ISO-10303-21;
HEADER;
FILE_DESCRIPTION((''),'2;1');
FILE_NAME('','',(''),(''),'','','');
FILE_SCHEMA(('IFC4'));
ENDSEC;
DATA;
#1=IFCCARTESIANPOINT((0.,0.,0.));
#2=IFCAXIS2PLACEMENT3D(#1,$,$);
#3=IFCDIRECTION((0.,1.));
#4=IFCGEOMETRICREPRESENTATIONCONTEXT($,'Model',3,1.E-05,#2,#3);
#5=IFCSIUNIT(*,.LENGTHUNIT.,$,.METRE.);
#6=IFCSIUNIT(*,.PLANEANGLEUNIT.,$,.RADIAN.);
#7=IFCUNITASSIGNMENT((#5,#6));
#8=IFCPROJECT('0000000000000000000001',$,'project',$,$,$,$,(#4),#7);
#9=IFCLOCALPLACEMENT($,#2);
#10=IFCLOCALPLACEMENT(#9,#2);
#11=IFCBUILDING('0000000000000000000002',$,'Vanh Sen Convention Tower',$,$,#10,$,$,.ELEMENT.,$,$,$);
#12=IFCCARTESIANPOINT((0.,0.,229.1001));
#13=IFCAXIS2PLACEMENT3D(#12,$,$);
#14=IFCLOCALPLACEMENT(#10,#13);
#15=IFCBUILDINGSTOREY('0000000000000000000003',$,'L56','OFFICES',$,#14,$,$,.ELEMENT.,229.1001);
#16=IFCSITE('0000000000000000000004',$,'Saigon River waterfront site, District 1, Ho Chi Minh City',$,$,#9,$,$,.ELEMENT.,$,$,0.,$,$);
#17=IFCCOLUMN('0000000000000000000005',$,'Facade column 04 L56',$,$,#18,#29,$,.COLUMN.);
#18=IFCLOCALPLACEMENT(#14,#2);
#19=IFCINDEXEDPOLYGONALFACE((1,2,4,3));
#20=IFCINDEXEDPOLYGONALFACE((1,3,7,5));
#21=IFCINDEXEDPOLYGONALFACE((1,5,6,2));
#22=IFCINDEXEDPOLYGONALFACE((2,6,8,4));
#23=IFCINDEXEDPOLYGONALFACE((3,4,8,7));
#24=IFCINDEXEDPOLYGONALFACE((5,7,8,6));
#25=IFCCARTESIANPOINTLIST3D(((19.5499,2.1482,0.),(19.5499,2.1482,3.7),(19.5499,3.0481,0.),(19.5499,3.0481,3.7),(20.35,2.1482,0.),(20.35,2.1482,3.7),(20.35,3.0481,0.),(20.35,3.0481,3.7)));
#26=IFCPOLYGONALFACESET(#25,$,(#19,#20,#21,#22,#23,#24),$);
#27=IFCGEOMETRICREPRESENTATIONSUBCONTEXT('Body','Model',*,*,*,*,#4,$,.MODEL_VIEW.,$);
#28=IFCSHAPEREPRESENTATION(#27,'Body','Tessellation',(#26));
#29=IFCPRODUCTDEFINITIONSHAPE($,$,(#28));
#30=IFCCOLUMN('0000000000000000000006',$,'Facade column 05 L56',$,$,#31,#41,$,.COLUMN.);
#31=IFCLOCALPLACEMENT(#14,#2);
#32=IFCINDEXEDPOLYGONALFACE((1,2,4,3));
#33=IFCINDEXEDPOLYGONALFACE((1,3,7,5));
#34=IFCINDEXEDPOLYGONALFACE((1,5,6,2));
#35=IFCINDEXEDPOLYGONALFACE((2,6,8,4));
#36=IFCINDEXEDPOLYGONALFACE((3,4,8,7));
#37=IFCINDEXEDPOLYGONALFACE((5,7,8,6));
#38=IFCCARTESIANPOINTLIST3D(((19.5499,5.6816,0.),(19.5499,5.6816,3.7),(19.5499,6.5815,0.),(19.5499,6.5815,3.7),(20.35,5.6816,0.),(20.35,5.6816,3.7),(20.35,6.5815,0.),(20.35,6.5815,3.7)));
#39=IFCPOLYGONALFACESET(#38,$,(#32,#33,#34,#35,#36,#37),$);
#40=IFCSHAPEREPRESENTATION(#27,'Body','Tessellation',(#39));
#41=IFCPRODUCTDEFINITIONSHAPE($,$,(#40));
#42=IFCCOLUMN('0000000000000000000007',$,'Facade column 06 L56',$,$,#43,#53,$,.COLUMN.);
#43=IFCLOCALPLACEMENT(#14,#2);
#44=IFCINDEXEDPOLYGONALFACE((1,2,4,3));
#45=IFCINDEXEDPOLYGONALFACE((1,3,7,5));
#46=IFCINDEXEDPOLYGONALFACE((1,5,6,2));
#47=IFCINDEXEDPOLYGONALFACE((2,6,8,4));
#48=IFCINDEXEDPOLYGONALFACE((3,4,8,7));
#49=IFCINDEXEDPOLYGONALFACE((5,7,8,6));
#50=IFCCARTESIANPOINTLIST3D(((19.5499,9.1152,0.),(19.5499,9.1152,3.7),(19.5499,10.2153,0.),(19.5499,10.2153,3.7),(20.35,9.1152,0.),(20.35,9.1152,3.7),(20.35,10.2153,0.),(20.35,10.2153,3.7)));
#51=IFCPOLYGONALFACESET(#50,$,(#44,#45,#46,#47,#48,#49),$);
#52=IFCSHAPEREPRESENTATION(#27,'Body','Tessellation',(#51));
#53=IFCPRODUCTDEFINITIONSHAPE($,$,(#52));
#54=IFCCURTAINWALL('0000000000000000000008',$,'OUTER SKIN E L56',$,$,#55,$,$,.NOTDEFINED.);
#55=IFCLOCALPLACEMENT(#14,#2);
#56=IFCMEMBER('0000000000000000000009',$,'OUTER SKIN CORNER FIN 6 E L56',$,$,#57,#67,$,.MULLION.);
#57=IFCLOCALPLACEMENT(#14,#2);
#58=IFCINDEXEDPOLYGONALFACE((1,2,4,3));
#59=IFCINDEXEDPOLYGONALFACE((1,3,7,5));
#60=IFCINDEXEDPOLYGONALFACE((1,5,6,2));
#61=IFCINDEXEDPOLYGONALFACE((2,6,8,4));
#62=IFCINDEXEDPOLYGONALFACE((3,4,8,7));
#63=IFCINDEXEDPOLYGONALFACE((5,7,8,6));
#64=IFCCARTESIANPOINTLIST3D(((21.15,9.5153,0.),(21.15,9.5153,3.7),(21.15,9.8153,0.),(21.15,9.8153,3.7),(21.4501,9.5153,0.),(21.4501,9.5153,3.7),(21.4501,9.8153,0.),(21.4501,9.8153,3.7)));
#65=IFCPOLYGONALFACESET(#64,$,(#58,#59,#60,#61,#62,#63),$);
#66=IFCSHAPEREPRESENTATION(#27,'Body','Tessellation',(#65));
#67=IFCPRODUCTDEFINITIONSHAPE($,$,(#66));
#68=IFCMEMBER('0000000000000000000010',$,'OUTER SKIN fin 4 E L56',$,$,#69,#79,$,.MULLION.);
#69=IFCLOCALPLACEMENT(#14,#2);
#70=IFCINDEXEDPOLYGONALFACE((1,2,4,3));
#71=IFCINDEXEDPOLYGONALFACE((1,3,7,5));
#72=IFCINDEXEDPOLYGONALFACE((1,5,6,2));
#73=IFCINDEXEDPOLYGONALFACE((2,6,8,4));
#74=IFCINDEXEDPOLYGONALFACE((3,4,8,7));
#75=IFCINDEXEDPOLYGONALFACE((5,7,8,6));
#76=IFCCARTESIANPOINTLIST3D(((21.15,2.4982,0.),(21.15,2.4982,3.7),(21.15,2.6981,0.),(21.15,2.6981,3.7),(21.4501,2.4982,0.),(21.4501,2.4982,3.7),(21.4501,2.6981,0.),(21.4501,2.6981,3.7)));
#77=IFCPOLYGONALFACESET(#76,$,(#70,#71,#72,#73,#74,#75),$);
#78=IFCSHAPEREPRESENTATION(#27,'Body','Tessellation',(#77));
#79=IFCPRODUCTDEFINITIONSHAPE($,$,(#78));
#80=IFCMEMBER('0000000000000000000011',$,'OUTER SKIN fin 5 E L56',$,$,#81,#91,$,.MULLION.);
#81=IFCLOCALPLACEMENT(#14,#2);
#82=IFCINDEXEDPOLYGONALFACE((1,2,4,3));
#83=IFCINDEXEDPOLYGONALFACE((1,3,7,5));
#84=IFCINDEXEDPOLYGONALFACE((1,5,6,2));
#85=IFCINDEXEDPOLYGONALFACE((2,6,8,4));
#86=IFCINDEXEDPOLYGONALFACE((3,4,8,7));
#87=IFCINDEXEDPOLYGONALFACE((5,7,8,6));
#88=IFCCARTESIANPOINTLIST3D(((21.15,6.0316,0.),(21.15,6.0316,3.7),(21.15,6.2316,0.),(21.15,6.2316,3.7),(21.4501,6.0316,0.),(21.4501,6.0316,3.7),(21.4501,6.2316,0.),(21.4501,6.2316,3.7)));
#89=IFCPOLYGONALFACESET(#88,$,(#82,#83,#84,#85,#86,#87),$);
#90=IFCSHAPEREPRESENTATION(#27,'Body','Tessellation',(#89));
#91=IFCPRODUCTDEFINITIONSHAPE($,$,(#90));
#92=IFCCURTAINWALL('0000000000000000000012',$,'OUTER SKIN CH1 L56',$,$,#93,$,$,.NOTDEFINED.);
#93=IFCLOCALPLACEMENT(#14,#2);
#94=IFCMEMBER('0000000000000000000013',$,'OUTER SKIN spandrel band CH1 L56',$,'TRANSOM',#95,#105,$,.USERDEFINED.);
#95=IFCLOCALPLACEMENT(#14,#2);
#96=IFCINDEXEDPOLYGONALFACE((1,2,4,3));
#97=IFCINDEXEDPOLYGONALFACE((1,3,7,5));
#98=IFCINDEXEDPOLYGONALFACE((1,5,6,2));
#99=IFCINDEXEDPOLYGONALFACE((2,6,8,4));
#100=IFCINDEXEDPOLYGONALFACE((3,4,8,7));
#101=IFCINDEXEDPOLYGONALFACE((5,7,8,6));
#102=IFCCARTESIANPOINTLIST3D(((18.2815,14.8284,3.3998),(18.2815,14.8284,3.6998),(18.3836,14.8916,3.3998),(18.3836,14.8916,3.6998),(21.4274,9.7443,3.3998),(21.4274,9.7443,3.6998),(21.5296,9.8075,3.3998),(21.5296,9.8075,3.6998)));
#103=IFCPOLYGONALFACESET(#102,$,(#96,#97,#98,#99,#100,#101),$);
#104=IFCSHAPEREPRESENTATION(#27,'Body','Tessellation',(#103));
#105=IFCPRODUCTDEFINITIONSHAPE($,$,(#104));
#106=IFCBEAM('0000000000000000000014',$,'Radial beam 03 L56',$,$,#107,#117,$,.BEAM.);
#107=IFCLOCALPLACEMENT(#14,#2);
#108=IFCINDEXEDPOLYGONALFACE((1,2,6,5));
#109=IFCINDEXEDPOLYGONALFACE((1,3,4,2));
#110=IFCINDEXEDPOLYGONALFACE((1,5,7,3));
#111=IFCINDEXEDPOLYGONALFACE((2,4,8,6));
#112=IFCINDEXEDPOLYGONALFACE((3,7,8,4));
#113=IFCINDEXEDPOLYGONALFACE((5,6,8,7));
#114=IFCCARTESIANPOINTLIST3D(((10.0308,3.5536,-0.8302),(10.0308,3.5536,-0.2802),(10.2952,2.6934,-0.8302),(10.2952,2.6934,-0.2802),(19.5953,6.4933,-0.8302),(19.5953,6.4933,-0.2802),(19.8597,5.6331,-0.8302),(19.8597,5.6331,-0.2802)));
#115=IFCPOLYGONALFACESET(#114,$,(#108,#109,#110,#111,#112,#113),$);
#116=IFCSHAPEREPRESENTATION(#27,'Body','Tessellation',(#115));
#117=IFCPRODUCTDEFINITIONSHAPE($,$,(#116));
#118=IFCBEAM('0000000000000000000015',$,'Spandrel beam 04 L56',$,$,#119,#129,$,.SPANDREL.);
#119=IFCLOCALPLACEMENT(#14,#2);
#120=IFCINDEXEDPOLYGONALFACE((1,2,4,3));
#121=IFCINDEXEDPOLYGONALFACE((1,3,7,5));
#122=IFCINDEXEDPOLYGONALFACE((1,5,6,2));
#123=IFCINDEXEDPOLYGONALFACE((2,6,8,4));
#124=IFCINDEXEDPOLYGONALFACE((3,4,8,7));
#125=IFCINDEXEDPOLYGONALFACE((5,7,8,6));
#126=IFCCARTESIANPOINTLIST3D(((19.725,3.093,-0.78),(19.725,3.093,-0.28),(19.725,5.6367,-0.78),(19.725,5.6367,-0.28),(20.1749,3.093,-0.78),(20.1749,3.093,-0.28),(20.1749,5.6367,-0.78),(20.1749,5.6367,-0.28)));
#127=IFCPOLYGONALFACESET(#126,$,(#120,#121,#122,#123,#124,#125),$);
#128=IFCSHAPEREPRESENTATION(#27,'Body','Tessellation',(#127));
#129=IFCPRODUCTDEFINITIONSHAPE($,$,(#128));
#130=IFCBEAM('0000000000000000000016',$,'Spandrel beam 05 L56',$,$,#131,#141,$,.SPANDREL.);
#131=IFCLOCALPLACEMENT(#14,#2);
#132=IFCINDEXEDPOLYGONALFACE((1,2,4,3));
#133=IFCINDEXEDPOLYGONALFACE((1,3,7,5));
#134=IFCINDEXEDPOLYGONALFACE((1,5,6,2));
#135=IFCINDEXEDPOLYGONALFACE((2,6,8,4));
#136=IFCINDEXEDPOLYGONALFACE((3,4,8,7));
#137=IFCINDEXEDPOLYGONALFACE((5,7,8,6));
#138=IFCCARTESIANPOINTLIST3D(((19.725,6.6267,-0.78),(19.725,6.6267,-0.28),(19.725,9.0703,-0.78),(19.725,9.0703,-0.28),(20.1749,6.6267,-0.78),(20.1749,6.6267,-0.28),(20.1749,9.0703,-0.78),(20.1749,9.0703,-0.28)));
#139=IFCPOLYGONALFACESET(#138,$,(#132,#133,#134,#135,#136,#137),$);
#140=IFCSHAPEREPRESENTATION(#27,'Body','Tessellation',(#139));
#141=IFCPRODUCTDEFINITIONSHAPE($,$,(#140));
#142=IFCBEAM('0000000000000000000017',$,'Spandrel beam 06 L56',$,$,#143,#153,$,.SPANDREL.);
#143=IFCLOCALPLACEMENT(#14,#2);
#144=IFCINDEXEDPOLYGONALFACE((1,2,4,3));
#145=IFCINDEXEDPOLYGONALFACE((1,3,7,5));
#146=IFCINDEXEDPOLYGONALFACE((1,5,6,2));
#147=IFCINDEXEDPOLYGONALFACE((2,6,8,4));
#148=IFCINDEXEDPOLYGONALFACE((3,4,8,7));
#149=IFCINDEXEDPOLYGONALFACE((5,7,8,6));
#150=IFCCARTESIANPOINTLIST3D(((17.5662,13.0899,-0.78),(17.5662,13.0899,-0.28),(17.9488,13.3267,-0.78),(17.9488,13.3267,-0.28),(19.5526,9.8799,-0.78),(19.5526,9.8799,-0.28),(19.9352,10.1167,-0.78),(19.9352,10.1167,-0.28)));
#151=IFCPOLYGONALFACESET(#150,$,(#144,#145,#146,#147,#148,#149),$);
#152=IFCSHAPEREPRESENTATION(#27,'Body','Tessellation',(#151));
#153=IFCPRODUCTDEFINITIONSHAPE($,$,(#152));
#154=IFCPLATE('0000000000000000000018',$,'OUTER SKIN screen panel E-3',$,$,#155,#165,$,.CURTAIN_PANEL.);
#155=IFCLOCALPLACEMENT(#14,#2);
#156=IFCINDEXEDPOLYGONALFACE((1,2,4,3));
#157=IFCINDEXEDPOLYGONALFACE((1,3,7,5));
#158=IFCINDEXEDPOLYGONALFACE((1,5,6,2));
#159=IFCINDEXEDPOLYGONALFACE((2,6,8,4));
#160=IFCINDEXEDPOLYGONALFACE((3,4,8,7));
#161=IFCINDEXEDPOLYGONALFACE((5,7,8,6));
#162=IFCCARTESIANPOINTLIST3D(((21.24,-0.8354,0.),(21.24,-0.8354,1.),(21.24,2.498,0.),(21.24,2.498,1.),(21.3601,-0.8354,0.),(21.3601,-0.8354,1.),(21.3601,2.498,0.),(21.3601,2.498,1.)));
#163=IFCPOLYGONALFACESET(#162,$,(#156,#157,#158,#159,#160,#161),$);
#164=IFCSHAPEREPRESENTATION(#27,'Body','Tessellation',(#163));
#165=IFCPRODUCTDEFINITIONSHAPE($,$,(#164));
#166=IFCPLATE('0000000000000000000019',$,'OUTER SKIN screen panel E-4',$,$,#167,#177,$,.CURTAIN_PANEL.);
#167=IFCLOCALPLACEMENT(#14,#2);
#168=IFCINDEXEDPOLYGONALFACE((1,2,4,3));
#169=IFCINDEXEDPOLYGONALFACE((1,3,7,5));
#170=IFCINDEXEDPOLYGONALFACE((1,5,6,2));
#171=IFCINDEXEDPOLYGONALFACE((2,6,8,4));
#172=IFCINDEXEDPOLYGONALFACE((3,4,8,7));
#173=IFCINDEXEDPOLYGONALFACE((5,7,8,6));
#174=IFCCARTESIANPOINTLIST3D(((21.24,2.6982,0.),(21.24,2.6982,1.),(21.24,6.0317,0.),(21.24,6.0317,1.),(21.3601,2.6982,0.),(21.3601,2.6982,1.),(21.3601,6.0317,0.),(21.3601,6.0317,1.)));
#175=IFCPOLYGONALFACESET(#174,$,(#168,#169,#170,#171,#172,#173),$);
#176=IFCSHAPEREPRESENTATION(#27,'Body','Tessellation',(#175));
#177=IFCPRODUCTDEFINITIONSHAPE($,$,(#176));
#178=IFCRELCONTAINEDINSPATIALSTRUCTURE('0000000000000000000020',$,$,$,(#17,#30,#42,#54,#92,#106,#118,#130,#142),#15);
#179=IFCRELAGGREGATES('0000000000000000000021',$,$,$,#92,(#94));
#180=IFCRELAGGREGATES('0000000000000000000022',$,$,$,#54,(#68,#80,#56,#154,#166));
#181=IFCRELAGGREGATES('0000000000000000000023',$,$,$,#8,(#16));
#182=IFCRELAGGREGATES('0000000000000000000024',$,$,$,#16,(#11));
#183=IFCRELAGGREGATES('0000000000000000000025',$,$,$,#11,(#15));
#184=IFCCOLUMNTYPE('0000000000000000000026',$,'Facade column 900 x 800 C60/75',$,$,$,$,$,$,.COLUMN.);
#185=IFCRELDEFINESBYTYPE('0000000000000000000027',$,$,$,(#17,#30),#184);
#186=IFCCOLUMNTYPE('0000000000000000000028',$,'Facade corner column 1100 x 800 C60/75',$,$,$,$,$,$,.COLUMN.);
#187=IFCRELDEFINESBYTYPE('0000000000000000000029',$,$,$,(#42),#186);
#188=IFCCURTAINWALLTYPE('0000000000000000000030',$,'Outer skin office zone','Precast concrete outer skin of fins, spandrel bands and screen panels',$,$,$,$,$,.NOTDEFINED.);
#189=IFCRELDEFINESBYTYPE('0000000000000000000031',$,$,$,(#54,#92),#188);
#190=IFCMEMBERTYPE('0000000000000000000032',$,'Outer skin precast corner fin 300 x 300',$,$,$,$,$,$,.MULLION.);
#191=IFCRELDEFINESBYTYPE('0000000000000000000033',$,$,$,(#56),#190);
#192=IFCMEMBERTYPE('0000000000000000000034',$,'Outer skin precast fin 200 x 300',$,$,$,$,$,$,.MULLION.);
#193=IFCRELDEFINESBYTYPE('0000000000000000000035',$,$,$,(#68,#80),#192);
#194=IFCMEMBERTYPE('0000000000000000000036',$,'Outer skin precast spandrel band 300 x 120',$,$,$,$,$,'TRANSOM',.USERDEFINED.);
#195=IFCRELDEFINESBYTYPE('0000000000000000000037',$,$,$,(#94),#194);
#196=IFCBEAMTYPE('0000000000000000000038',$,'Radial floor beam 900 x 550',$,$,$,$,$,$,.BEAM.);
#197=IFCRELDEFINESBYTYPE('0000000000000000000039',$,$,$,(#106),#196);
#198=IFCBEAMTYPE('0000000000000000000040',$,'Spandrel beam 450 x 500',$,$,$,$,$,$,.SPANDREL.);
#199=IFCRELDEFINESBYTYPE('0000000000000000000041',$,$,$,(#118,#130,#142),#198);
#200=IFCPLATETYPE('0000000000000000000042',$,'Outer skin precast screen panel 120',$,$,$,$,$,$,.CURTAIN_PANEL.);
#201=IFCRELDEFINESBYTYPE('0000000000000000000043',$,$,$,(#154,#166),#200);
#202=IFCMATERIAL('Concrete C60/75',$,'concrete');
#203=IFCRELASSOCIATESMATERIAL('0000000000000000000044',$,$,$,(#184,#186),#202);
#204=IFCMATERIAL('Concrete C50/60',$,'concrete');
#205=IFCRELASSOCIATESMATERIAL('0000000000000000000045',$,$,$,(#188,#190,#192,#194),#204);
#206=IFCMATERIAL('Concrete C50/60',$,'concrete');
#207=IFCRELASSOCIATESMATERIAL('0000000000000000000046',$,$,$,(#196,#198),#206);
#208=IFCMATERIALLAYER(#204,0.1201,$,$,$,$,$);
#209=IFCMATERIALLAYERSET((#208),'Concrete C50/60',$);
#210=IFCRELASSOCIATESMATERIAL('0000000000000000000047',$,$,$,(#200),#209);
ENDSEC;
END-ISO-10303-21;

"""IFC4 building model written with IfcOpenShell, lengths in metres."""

from ifc_helpers import new_model, si_unit, direction, frame, origin, origin_2d, place, context, subcontext, project, spatial, rectangle, extrude, material, layer, layer_set, material_profile, profile_set, type_object, element, aggregate, save


model = new_model("IFC4")

# Units and contexts
model_context = context("Model", 3, precision=1e-05, world=origin(), true_north=direction((0.0, 1.0)))
body_context = subcontext(model_context, "Body", "Model", "MODEL_VIEW")
ifc_project = project(units=[si_unit("LENGTHUNIT", "METRE"), si_unit("PLANEANGLEUNIT", "RADIAN")], contexts=[model_context])

# Site, building, storey
site_placement = place(None, origin())
site = spatial("IfcSite", under=ifc_project, at=site_placement, Name="Saigon River waterfront site, District 1, Ho Chi Minh City", CompositionType="ELEMENT", RefElevation=0.0)
building_placement = place(site_placement, origin())
building = spatial("IfcBuilding", under=site, at=building_placement, Name="Vanh Sen Convention Tower", CompositionType="ELEMENT")
storey_placement = place(building_placement, frame((0.0, 0.0, 229.1001)))
storey = spatial("IfcBuildingStorey", under=building, at=storey_placement, Name="L56", Description="OFFICES", CompositionType="ELEMENT", Elevation=229.1001)

# Columns
ifc_material_1 = material(Name="Concrete C60/75", Category="concrete")
ifc_material_profile_1 = material_profile(ifc_material_1, rectangle(XDim=0.8999, YDim=0.8, at=origin_2d()), Name="RC 900X800")
ifc_profile_set_1 = profile_set([ifc_material_profile_1], Name="Concrete C60/75")
column_type_1 = type_object("IfcColumnType", Name="Facade column 900 x 800 C60/75", PredefinedType="COLUMN", material=ifc_profile_set_1)
for number, where, z_axis, x_axis, name in (
    (1, (19.95, 2.5981, 0.0), (0.0, 0.0, 1.0), (0.0, 1.0, 0.0), "Facade column 04 L56"),
    (2, (19.95, 6.1316, 0.0), (0.0, 0.0, 1.0), (0.0, 1.0, 0.0), "Facade column 05 L56"),
):
    element("IfcColumn", number, at=place(storey_placement, frame(where, z_axis=z_axis, x_axis=x_axis)), inside=storey, type_object=column_type_1, Name=name, PredefinedType="COLUMN", context=body_context, shape_type="SweptSolid", body=[
        extrude(rectangle(XDim=0.8999, YDim=0.8, at=origin_2d()), origin(), (0.0, 0.0, 1.0), 3.7),
    ])
ifc_material_profile_2 = material_profile(ifc_material_1, rectangle(XDim=1.1001, YDim=0.8, at=origin_2d()), Name="RC 1100X800")
ifc_profile_set_2 = profile_set([ifc_material_profile_2], Name="Concrete C60/75")
column_type_2 = type_object("IfcColumnType", Name="Facade corner column 1100 x 800 C60/75", PredefinedType="COLUMN", material=ifc_profile_set_2)
column_placement = place(storey_placement, frame((19.95, 9.6653, 0.0), z_axis=(0.0, 0.0, 1.0), x_axis=(0.0, 1.0, 0.0)))
element("IfcColumn", 3, at=column_placement, inside=storey, type_object=column_type_2, Name="Facade column 06 L56", PredefinedType="COLUMN", context=body_context, shape_type="SweptSolid", body=[
    extrude(rectangle(XDim=1.1001, YDim=0.8, at=origin_2d()), origin(), (0.0, 0.0, 1.0), 3.7),
])

# Curtain wall, members
ifc_material_2 = material(Name="Concrete C50/60", Category="concrete")
curtain_wall_type = type_object("IfcCurtainWallType", Name="Outer skin office zone", Description="Precast concrete outer skin of fins, spandrel bands and screen panels", PredefinedType="NOTDEFINED", material=ifc_material_2)
curtain_wall_1_placement = place(storey_placement, origin())
curtain_wall_1 = element("IfcCurtainWall", 4, at=curtain_wall_1_placement, inside=storey, type_object=curtain_wall_type, Name="OUTER SKIN E L56", PredefinedType="NOTDEFINED")
ifc_material_profile_3 = material_profile(ifc_material_2, rectangle(XDim=0.3, YDim=0.3, at=origin_2d()), Name="Outer skin precast corner fin 300 x 300")
ifc_profile_set_3 = profile_set([ifc_material_profile_3], Name="Concrete C50/60")
member_type_1 = type_object("IfcMemberType", Name="Outer skin precast corner fin 300 x 300", PredefinedType="MULLION", material=ifc_profile_set_3)
member_1_placement = place(storey_placement, frame((21.3, 9.6653, 0.0), z_axis=(0.0, 0.0, 1.0), x_axis=(0.0, 1.0, 0.0)))
member_1 = element("IfcMember", 5, at=member_1_placement, type_object=member_type_1, Name="OUTER SKIN CORNER FIN 6 E L56", PredefinedType="MULLION", context=body_context, shape_type="SweptSolid", body=[
    extrude(rectangle(XDim=0.3, YDim=0.3, at=origin_2d()), origin(), (0.0, 0.0, 1.0), 3.7),
])
ifc_material_profile_4 = material_profile(ifc_material_2, rectangle(XDim=0.2, YDim=0.3, at=origin_2d()), Name="Outer skin precast fin 200 x 300")
ifc_profile_set_4 = profile_set([ifc_material_profile_4], Name="Concrete C50/60")
member_type_2 = type_object("IfcMemberType", Name="Outer skin precast fin 200 x 300", PredefinedType="MULLION", material=ifc_profile_set_4)
member_2_placement = place(storey_placement, frame((21.3, 2.5981, 0.0), z_axis=(0.0, 0.0, 1.0), x_axis=(0.0, 1.0, 0.0)))
member_2 = element("IfcMember", 6, at=member_2_placement, type_object=member_type_2, Name="OUTER SKIN fin 4 E L56", PredefinedType="MULLION", context=body_context, shape_type="SweptSolid", body=[
    extrude(rectangle(XDim=0.2, YDim=0.3, at=origin_2d()), origin(), (0.0, 0.0, 1.0), 3.7),
])
member_3_placement = place(storey_placement, frame((21.3, 6.1316, 0.0), z_axis=(0.0, 0.0, 1.0), x_axis=(0.0, 1.0, 0.0)))
member_3 = element("IfcMember", 7, at=member_3_placement, type_object=member_type_2, Name="OUTER SKIN fin 5 E L56", PredefinedType="MULLION", context=body_context, shape_type="SweptSolid", body=[
    extrude(rectangle(XDim=0.2, YDim=0.3, at=origin_2d()), origin(), (0.0, 0.0, 1.0), 3.7),
])

# Curtain wall, member
curtain_wall_2_placement = place(storey_placement, origin())
curtain_wall_2 = element("IfcCurtainWall", 8, at=curtain_wall_2_placement, inside=storey, type_object=curtain_wall_type, Name="OUTER SKIN CH1 L56", PredefinedType="NOTDEFINED")
ifc_material_profile_5 = material_profile(ifc_material_2, rectangle(XDim=0.1201, YDim=0.3, at=origin_2d()), Name="Outer skin precast spandrel band 300 x 120")
ifc_profile_set_5 = profile_set([ifc_material_profile_5], Name="Concrete C50/60")
member_type_3 = type_object("IfcMemberType", Name="Outer skin precast spandrel band 300 x 120", ElementType="TRANSOM", PredefinedType="USERDEFINED", material=ifc_profile_set_5)
member_4_placement = place(storey_placement, frame((21.4785, 9.7759, 3.5498), z_axis=(-0.526187, 0.850369, 0.0), x_axis=(-0.850369, -0.526187, 0.0)))
member_4 = element("IfcMember", 9, at=member_4_placement, type_object=member_type_3, Name="OUTER SKIN spandrel band CH1 L56", ObjectType="TRANSOM", PredefinedType="USERDEFINED", context=body_context, shape_type="SweptSolid", body=[
    extrude(rectangle(XDim=0.1201, YDim=0.3, at=origin_2d()), origin(), (0.0, 0.0, 1.0), 5.9788),
])
aggregate(curtain_wall_2, [member_4])

# Beams
ifc_material_3 = material(Name="Concrete C50/60", Category="concrete")
ifc_material_profile_6 = material_profile(ifc_material_3, rectangle(XDim=0.8999, YDim=0.55, at=origin_2d()), Name="RC 900X550")
ifc_profile_set_6 = profile_set([ifc_material_profile_6], Name="Concrete C50/60")
beam_type_1 = type_object("IfcBeamType", Name="Radial floor beam 900 x 550", PredefinedType="BEAM", material=ifc_profile_set_6)
beam_1_placement = place(storey_placement, frame((19.7275, 6.0632, -0.5552), z_axis=(-0.955869, -0.293793, 0.0), x_axis=(0.293793, -0.955869, 0.0)))
element("IfcBeam", 10, at=beam_1_placement, inside=storey, type_object=beam_type_1, Name="Radial beam 03 L56", PredefinedType="BEAM", context=body_context, shape_type="SweptSolid", body=[
    extrude(rectangle(XDim=0.8999, YDim=0.55, at=origin_2d()), origin(), (0.0, 0.0, 1.0), 10.0061),
])
ifc_material_profile_7 = material_profile(ifc_material_3, rectangle(XDim=0.45, YDim=0.5, at=origin_2d()), Name="RC 450X500")
ifc_profile_set_7 = profile_set([ifc_material_profile_7], Name="Concrete C50/60")
beam_type_2 = type_object("IfcBeamType", Name="Spandrel beam 450 x 500", PredefinedType="SPANDREL", material=ifc_profile_set_7)
beam_2_placement = place(storey_placement, frame((19.95, 3.093, -0.53), z_axis=(0.0, 1.0, 0.0), x_axis=(-1.0, 0.0, 0.0)))
element("IfcBeam", 11, at=beam_2_placement, inside=storey, type_object=beam_type_2, Name="Spandrel beam 04 L56", PredefinedType="SPANDREL", context=body_context, shape_type="SweptSolid", body=[
    extrude(rectangle(XDim=0.45, YDim=0.5, at=origin_2d()), origin(), (0.0, 0.0, 1.0), 2.5437),
])
beam_3_placement = place(storey_placement, frame((19.95, 6.6267, -0.53), z_axis=(0.0, 1.0, 0.0), x_axis=(-1.0, 0.0, 0.0)))
element("IfcBeam", 12, at=beam_3_placement, inside=storey, type_object=beam_type_2, Name="Spandrel beam 05 L56", PredefinedType="SPANDREL", context=body_context, shape_type="SweptSolid", body=[
    extrude(rectangle(XDim=0.45, YDim=0.5, at=origin_2d()), origin(), (0.0, 0.0, 1.0), 2.4436),
])
beam_4_placement = place(storey_placement, frame((19.7439, 9.9983, -0.53), z_axis=(-0.526203, 0.850359, 0.0), x_axis=(-0.850359, -0.526203, 0.0)))
element("IfcBeam", 13, at=beam_4_placement, inside=storey, type_object=beam_type_2, Name="Spandrel beam 06 L56", PredefinedType="SPANDREL", context=body_context, shape_type="SweptSolid", body=[
    extrude(rectangle(XDim=0.45, YDim=0.5, at=origin_2d()), origin(), (0.0, 0.0, 1.0), 3.7749),
])

# Plates
ifc_layer_1 = layer(ifc_material_2, 0.1201)
ifc_layer_set_1 = layer_set([ifc_layer_1], Name="Concrete C50/60")
plate_type = type_object("IfcPlateType", Name="Outer skin precast screen panel 120", PredefinedType="CURTAIN_PANEL", material=ifc_layer_set_1)
plate_1_placement = place(storey_placement, frame((21.3, 0.8313, 0.0), z_axis=(0.0, 0.0, 1.0), x_axis=(0.0, 1.0, 0.0)))
plate_1 = element("IfcPlate", 14, at=plate_1_placement, type_object=plate_type, Name="OUTER SKIN screen panel E-3", PredefinedType="CURTAIN_PANEL", context=body_context, shape_type="SweptSolid", body=[
    extrude(rectangle(XDim=3.3335, YDim=0.1201, at=origin_2d()), origin(), (0.0, 0.0, 1.0), 1.0),
])
plate_2_placement = place(storey_placement, frame((21.3, 4.365, 0.0), z_axis=(0.0, 0.0, 1.0), x_axis=(0.0, 1.0, 0.0)))
plate_2 = element("IfcPlate", 15, at=plate_2_placement, type_object=plate_type, Name="OUTER SKIN screen panel E-4", PredefinedType="CURTAIN_PANEL", context=body_context, shape_type="SweptSolid", body=[
    extrude(rectangle(XDim=3.3335, YDim=0.1201, at=origin_2d()), origin(), (0.0, 0.0, 1.0), 1.0),
])
aggregate(curtain_wall_1, [member_2, member_3, member_1, plate_1, plate_2])

save(model, "model.ifc")
